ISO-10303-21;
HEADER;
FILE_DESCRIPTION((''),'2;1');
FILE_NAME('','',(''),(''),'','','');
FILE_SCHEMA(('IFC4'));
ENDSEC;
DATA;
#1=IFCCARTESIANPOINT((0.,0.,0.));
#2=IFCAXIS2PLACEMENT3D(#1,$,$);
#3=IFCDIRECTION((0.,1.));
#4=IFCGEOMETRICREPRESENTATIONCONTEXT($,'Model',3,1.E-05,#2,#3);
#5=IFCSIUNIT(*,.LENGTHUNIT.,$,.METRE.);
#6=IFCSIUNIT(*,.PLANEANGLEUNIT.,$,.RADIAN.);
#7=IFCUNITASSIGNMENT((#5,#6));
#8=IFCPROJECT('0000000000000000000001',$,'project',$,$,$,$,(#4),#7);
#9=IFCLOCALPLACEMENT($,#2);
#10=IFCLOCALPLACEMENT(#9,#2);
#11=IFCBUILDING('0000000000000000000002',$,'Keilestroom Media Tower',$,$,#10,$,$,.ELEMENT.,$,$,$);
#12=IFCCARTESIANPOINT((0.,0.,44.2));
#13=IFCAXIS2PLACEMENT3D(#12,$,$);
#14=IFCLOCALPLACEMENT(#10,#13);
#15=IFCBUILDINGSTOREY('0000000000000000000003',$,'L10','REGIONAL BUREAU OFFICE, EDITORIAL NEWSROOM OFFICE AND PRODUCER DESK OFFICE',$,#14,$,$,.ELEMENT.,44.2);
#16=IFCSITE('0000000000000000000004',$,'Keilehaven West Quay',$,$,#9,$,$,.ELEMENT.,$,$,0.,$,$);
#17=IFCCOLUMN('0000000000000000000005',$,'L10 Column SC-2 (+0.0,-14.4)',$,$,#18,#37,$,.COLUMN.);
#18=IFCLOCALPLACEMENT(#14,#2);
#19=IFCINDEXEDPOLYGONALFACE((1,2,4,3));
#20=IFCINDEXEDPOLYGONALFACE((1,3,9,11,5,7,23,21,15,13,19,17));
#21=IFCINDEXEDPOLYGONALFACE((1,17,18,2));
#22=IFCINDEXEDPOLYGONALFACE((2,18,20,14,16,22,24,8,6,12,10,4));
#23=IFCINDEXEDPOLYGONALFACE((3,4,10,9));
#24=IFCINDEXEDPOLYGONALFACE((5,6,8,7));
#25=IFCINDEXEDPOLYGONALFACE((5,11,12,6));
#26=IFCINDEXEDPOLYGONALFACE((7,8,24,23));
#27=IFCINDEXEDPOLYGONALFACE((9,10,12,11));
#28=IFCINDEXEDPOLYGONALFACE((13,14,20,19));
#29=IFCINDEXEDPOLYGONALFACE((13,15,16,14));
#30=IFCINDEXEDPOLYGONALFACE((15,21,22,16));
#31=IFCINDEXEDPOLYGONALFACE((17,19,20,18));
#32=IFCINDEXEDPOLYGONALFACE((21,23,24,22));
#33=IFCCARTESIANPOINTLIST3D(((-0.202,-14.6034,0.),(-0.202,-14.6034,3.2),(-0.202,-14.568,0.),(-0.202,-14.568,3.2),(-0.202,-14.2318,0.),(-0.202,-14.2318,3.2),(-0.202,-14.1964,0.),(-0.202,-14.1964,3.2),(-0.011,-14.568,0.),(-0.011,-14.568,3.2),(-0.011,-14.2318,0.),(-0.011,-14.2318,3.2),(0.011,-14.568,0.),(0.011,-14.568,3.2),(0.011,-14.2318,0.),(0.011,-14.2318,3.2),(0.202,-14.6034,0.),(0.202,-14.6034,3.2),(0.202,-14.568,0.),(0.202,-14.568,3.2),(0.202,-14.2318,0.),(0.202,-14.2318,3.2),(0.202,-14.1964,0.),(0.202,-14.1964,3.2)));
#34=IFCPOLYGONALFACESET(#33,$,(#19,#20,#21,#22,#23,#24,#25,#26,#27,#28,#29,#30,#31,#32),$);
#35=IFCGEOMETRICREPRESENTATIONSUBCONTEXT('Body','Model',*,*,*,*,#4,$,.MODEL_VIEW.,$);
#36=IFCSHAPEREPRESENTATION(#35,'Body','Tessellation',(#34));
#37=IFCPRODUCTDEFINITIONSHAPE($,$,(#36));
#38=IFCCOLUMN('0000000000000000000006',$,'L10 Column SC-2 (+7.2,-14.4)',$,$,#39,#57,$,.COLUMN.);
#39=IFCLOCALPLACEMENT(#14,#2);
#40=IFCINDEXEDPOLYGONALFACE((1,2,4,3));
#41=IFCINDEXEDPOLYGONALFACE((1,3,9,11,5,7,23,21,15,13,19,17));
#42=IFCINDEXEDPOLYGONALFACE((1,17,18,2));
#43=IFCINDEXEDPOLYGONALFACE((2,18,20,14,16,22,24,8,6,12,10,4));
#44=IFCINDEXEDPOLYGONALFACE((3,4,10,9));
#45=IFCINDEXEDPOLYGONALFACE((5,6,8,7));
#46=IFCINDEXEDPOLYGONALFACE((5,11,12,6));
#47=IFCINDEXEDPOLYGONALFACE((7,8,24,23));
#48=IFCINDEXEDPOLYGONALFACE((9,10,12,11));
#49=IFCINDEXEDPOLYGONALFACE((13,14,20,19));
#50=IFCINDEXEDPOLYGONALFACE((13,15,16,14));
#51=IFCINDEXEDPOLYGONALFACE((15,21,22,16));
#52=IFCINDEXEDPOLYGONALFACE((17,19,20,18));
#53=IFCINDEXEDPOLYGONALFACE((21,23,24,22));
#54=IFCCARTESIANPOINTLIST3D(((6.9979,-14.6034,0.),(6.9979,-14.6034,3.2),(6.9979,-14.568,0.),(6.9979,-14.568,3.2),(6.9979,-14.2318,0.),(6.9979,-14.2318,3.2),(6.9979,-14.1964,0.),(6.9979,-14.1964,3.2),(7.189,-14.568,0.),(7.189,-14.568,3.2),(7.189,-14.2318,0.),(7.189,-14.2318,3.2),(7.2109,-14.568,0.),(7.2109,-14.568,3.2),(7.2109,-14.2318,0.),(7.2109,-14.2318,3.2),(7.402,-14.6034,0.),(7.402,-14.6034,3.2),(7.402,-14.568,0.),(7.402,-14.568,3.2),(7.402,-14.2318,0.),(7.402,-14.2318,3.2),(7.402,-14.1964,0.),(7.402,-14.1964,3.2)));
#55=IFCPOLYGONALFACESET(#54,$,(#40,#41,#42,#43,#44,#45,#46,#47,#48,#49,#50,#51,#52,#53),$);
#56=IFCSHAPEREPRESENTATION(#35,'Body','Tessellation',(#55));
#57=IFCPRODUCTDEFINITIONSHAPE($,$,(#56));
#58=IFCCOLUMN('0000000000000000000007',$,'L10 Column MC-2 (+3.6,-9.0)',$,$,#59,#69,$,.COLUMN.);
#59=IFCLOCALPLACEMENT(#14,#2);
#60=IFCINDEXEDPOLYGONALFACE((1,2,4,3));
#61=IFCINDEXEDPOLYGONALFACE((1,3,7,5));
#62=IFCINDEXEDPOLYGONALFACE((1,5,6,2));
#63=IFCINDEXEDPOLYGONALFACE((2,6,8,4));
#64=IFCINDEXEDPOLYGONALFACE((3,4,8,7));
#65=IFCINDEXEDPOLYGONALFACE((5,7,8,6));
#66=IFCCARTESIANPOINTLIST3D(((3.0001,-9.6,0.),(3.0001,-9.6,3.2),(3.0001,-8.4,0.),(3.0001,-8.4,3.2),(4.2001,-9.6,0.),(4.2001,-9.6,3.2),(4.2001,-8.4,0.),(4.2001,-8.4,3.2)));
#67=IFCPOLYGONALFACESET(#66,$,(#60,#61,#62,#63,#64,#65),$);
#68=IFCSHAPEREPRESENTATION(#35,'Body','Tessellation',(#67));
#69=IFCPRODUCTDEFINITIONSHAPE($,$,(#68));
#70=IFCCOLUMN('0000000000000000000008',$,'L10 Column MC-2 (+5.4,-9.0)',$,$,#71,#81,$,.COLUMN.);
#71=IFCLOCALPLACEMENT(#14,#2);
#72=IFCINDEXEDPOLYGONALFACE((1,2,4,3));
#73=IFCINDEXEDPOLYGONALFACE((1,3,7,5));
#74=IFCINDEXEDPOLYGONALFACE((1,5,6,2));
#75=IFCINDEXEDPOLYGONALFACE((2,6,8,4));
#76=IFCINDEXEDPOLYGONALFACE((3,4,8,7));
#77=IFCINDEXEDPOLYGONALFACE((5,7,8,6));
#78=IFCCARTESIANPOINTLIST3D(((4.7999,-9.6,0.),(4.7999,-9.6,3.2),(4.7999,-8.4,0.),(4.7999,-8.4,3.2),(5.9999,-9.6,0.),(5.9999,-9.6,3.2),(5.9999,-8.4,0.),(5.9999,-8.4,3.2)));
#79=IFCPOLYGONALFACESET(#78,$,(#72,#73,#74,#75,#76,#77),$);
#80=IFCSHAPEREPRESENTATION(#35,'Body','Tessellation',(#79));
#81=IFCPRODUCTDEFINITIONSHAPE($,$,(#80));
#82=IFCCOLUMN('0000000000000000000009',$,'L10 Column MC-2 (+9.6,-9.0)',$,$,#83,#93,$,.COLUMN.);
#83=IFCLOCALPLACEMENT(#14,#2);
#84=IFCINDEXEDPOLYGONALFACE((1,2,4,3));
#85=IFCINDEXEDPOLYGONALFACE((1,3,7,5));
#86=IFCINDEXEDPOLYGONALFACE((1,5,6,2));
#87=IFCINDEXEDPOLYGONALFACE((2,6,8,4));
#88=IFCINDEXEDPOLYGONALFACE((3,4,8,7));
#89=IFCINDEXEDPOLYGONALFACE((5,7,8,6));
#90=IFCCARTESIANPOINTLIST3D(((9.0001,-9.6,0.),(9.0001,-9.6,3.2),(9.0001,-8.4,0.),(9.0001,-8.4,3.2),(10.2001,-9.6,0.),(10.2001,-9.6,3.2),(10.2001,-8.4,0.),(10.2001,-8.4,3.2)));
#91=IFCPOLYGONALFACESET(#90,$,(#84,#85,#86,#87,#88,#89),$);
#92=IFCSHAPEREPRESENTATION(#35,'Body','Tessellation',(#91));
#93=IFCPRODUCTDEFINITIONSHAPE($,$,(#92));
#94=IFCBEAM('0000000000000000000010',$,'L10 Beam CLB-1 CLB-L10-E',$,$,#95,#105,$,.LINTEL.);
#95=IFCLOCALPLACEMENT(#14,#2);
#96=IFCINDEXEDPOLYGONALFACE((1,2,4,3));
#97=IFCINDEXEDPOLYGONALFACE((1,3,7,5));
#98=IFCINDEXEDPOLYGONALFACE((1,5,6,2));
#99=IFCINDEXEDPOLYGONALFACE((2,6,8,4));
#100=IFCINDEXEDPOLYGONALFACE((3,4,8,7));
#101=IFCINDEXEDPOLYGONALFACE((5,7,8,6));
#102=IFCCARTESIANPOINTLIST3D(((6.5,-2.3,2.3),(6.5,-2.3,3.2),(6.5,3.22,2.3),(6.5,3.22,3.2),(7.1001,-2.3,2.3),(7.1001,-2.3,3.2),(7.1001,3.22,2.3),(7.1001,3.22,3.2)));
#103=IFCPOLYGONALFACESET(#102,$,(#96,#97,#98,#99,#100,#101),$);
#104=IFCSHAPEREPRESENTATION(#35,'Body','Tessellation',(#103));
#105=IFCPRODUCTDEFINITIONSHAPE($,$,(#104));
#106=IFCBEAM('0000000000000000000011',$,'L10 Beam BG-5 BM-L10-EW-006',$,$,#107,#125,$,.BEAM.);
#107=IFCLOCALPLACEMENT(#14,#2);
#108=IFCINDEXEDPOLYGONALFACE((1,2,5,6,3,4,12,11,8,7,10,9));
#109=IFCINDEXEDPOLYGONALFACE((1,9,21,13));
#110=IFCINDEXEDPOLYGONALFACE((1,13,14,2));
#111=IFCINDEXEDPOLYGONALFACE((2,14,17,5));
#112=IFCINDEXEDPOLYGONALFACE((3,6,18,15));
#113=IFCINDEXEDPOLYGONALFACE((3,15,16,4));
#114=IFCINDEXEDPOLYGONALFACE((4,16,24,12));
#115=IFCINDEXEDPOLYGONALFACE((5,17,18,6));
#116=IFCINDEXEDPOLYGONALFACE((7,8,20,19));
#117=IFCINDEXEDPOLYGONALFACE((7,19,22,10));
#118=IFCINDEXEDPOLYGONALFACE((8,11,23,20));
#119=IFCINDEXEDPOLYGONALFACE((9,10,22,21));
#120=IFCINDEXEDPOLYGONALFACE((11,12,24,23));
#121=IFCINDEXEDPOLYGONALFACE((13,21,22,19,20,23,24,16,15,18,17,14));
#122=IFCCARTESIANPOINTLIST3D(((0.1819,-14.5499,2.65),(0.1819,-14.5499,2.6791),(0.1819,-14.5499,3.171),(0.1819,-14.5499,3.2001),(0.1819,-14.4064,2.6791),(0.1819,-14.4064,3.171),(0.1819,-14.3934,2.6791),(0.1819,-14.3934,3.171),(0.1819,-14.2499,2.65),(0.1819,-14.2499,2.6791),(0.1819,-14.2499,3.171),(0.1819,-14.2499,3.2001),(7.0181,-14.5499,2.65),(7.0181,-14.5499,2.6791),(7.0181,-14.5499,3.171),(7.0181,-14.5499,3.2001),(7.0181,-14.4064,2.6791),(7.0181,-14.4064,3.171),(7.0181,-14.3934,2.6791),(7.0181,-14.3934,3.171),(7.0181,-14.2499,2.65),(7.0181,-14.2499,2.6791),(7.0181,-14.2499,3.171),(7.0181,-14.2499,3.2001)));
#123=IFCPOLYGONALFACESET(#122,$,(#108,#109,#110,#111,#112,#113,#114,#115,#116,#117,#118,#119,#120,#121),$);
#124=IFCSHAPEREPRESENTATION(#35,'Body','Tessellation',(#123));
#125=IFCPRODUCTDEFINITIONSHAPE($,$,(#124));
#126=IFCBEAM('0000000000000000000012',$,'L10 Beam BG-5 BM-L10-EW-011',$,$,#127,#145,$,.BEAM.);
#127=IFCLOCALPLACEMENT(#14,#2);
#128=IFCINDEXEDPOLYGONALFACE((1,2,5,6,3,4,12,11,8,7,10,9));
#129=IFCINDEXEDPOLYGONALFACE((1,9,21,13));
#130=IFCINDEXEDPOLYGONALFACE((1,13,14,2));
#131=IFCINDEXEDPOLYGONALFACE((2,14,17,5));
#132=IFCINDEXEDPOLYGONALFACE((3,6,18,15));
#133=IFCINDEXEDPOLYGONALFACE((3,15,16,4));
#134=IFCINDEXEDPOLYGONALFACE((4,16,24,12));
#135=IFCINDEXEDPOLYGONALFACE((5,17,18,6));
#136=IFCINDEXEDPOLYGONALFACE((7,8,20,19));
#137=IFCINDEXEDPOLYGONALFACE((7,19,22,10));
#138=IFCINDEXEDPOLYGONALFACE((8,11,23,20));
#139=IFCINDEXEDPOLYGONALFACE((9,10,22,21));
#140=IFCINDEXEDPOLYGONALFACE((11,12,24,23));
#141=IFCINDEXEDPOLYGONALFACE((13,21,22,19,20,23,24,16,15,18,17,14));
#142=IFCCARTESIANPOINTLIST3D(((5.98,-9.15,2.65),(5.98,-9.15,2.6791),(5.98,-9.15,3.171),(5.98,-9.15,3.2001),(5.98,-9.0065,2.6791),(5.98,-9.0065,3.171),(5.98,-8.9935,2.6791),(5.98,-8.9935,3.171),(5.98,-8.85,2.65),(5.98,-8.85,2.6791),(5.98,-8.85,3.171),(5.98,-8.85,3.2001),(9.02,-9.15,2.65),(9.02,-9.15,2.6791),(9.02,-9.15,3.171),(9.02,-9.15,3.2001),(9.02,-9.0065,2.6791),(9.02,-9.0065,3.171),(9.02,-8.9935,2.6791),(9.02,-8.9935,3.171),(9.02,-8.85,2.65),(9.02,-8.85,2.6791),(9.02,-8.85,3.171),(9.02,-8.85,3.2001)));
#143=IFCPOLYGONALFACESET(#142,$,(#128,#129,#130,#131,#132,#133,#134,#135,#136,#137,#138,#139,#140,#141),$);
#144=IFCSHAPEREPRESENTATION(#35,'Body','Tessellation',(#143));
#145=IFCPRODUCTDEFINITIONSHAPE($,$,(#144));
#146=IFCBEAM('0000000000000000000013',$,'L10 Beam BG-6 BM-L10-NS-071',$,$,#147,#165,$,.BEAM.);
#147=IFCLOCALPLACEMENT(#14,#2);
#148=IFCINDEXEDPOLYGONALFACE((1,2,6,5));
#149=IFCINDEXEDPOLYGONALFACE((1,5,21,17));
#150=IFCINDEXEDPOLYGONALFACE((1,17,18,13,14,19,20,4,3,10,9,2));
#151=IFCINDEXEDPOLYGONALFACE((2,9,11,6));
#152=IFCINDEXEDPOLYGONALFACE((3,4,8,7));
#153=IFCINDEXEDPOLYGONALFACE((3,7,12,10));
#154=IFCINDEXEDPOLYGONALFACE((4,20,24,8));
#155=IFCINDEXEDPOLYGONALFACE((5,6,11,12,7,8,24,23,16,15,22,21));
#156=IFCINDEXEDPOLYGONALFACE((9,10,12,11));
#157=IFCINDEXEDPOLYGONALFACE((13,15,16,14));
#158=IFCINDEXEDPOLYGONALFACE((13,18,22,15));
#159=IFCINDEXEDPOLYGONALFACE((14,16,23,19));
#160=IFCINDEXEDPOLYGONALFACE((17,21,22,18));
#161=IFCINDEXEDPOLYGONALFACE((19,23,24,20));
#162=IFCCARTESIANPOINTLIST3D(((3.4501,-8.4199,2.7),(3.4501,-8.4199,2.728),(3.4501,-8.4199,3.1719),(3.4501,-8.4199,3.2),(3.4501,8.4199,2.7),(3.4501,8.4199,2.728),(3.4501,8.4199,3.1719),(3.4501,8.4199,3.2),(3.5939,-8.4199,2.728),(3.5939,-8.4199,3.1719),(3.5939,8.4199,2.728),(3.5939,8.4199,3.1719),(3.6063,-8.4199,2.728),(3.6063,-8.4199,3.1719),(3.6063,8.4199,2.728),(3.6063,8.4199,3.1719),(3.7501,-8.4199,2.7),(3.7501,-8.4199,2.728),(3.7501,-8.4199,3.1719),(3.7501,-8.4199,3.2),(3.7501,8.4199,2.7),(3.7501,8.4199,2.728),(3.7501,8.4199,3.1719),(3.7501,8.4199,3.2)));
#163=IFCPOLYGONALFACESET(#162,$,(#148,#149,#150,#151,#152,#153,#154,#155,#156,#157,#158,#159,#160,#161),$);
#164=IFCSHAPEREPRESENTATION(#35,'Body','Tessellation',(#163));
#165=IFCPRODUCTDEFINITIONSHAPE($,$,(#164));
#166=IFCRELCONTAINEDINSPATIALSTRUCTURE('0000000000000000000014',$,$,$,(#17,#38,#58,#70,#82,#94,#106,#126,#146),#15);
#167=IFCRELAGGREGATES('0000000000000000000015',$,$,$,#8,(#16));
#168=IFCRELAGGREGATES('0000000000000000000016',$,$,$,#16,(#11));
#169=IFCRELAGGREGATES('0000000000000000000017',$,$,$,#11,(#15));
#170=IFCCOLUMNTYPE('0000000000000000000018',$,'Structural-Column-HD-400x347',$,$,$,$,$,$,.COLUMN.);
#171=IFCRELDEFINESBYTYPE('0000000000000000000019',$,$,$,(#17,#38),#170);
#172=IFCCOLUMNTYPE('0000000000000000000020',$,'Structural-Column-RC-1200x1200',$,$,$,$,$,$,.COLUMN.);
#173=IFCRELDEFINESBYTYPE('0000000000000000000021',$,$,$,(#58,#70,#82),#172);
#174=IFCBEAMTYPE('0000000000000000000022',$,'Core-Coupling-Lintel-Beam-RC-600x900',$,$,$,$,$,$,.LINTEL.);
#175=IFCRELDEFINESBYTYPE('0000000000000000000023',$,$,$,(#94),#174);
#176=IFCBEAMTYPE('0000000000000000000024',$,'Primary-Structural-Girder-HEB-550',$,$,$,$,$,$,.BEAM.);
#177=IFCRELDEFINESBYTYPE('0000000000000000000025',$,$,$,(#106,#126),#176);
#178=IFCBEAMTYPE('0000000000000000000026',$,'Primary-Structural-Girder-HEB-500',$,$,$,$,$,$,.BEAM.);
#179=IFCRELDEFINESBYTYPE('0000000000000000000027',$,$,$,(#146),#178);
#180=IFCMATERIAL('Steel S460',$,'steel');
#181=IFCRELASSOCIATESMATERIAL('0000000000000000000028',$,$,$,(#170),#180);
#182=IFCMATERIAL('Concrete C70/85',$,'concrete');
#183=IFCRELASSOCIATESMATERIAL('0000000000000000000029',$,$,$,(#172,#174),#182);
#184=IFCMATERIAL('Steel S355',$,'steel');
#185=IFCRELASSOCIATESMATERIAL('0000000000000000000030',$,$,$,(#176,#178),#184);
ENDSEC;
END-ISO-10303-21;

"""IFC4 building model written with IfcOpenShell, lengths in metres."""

from ifc_helpers import new_model, si_unit, direction, frame, origin, origin_2d, place, context, subcontext, project, spatial, rectangle, i_section, extrude, source, transform, mapped, material, material_profile, profile_set, type_object, element, save


model = new_model("IFC4")

# Units and contexts
model_context = context("Model", 3, precision=1e-05, world=origin(), true_north=direction((0.0, 1.0)))
body_context = subcontext(model_context, "Body", "Model", "MODEL_VIEW")
ifc_project = project(units=[si_unit("LENGTHUNIT", "METRE"), si_unit("PLANEANGLEUNIT", "RADIAN")], contexts=[model_context])

# Site, building, storey
site_placement = place(None, origin())
site = spatial("IfcSite", under=ifc_project, at=site_placement, Name="Keilehaven West Quay", CompositionType="ELEMENT", RefElevation=0.0)
building_placement = place(site_placement, origin())
building = spatial("IfcBuilding", under=site, at=building_placement, Name="Keilestroom Media Tower", CompositionType="ELEMENT")
storey_placement = place(building_placement, frame((0.0, 0.0, 44.2)))
storey = spatial("IfcBuildingStorey", under=building, at=storey_placement, Name="L10", Description="REGIONAL BUREAU OFFICE, EDITORIAL NEWSROOM OFFICE AND PRODUCER DESK OFFICE", CompositionType="ELEMENT", Elevation=44.2)

# Columns
ifc_material_1 = material(Name="Steel S460", Category="steel")
ifc_material_profile_1 = material_profile(ifc_material_1, i_section(OverallWidth=0.4041, OverallDepth=0.407, WebThickness=0.022, FlangeThickness=0.0354, at=origin_2d()), Name="HD 400x347")
ifc_profile_set_1 = profile_set([ifc_material_profile_1], Name="Steel S460")
column_type_1 = type_object("IfcColumnType", Name="Structural-Column-HD-400x347", PredefinedType="COLUMN", material=ifc_profile_set_1)
shared_shape_1 = source(origin(), body_context, "Body", "SweptSolid", [
    extrude(i_section(OverallWidth=0.4041, OverallDepth=0.407, WebThickness=0.022, FlangeThickness=0.0354, at=origin_2d()), origin(), (0.0, 0.0, 1.0), 3.2),
])
for number, where, z_axis, x_axis, name in (
    (1, (0.0, -14.3999, 0.0), (0.0, 0.0, 1.0), (1.0, 0.0, 0.0), "L10 Column SC-2 (+0.0,-14.4)"),
    (2, (7.2, -14.3999, 0.0), (0.0, 0.0, 1.0), (1.0, 0.0, 0.0), "L10 Column SC-2 (+7.2,-14.4)"),
):
    element("IfcColumn", number, at=place(storey_placement, frame(where, z_axis=z_axis, x_axis=x_axis)), inside=storey, type_object=column_type_1, Name=name, PredefinedType="COLUMN", context=body_context, shape_type="MappedRepresentation", body=[
        mapped(shared_shape_1, transform((0.0, 0.0, 0.0), x_axis=(1.0, 0.0, 0.0), y_axis=(0.0, 1.0, 0.0), z_axis=(0.0, 0.0, 1.0), scale=1.0)),
    ])
ifc_material_2 = material(Name="Concrete C70/85", Category="concrete")
ifc_material_profile_2 = material_profile(ifc_material_2, rectangle(XDim=1.2, YDim=1.2, at=origin_2d()), Name="RC 1200x1200")
ifc_profile_set_2 = profile_set([ifc_material_profile_2], Name="Concrete C70/85")
column_type_2 = type_object("IfcColumnType", Name="Structural-Column-RC-1200x1200", PredefinedType="COLUMN", material=ifc_profile_set_2)
shared_shape_2 = source(origin(), body_context, "Body", "SweptSolid", [
    extrude(rectangle(XDim=1.2, YDim=1.2, at=origin_2d()), origin(), (0.0, 0.0, 1.0), 3.2),
])
for number, where, z_axis, x_axis, name in (
    (3, (3.6001, -9.0, 0.0), (0.0, 0.0, 1.0), (1.0, 0.0, 0.0), "L10 Column MC-2 (+3.6,-9.0)"),
    (4, (5.3999, -9.0, 0.0), (0.0, 0.0, 1.0), (1.0, 0.0, 0.0), "L10 Column MC-2 (+5.4,-9.0)"),
    (5, (9.6001, -9.0, 0.0), (0.0, 0.0, 1.0), (1.0, 0.0, 0.0), "L10 Column MC-2 (+9.6,-9.0)"),
):
    element("IfcColumn", number, at=place(storey_placement, frame(where, z_axis=z_axis, x_axis=x_axis)), inside=storey, type_object=column_type_2, Name=name, PredefinedType="COLUMN", context=body_context, shape_type="MappedRepresentation", body=[
        mapped(shared_shape_2, transform((0.0, 0.0, 0.0), x_axis=(1.0, 0.0, 0.0), y_axis=(0.0, 1.0, 0.0), z_axis=(0.0, 0.0, 1.0), scale=1.0)),
    ])

# Beams
ifc_material_profile_3 = material_profile(ifc_material_2, rectangle(XDim=0.6001, YDim=0.8999, at=origin_2d()), Name="RC 600x900")
ifc_profile_set_3 = profile_set([ifc_material_profile_3], Name="Concrete C70/85")
beam_type_1 = type_object("IfcBeamType", Name="Core-Coupling-Lintel-Beam-RC-600x900", PredefinedType="LINTEL", material=ifc_profile_set_3)
shared_shape_3 = source(origin(), body_context, "Body", "SweptSolid", [
    extrude(rectangle(XDim=0.6001, YDim=0.8999, at=origin_2d()), origin(), (0.0, 0.0, 1.0), 5.52),
])
beam_1_placement = place(storey_placement, frame((6.8, -2.3, 2.75), z_axis=(0.0, 1.0, 0.0), x_axis=(-1.0, 0.0, 0.0)))
element("IfcBeam", 6, at=beam_1_placement, inside=storey, type_object=beam_type_1, Name="L10 Beam CLB-1 CLB-L10-E", PredefinedType="LINTEL", context=body_context, shape_type="MappedRepresentation", body=[
    mapped(shared_shape_3, transform((0.0, 0.0, 0.0), x_axis=(1.0, 0.0, 0.0), y_axis=(0.0, 1.0, 0.0), z_axis=(0.0, 0.0, 1.0), scale=1.0)),
])
ifc_material_3 = material(Name="Steel S355", Category="steel")
ifc_material_profile_4 = material_profile(ifc_material_3, i_section(OverallWidth=0.3, OverallDepth=0.55, WebThickness=0.0129, FlangeThickness=0.0291, at=origin_2d()), Name="HEB 550")
ifc_profile_set_4 = profile_set([ifc_material_profile_4], Name="Steel S355")
beam_type_2 = type_object("IfcBeamType", Name="Primary-Structural-Girder-HEB-550", PredefinedType="BEAM", material=ifc_profile_set_4)
shared_shape_4 = source(origin(), body_context, "Body", "SweptSolid", [
    extrude(i_section(OverallWidth=0.3, OverallDepth=0.55, WebThickness=0.0129, FlangeThickness=0.0291, at=origin_2d()), origin(), (0.0, 0.0, 1.0), 6.8362),
])
beam_2_placement = place(storey_placement, frame((0.1819, -14.3999, 2.925), z_axis=(1.0, 0.0, 0.0), x_axis=(0.0, 1.0, 0.0)))
element("IfcBeam", 7, at=beam_2_placement, inside=storey, type_object=beam_type_2, Name="L10 Beam BG-5 BM-L10-EW-006", PredefinedType="BEAM", context=body_context, shape_type="MappedRepresentation", body=[
    mapped(shared_shape_4, transform((0.0, 0.0, 0.0), x_axis=(1.0, 0.0, 0.0), y_axis=(0.0, 1.0, 0.0), z_axis=(0.0, 0.0, 1.0), scale=1.0)),
])
shared_shape_5 = source(origin(), body_context, "Body", "SweptSolid", [
    extrude(i_section(OverallWidth=0.3, OverallDepth=0.55, WebThickness=0.0129, FlangeThickness=0.0291, at=origin_2d()), origin(), (0.0, 0.0, 1.0), 3.04),
])
beam_3_placement = place(storey_placement, frame((5.98, -9.0, 2.925), z_axis=(1.0, 0.0, 0.0), x_axis=(0.0, 1.0, 0.0)))
element("IfcBeam", 8, at=beam_3_placement, inside=storey, type_object=beam_type_2, Name="L10 Beam BG-5 BM-L10-EW-011", PredefinedType="BEAM", context=body_context, shape_type="MappedRepresentation", body=[
    mapped(shared_shape_5, transform((0.0, 0.0, 0.0), x_axis=(1.0, 0.0, 0.0), y_axis=(0.0, 1.0, 0.0), z_axis=(0.0, 0.0, 1.0), scale=1.0)),
])
ifc_material_profile_5 = material_profile(ifc_material_3, i_section(OverallWidth=0.3, OverallDepth=0.5, WebThickness=0.0125, FlangeThickness=0.0281, at=origin_2d()), Name="HEB 500")
ifc_profile_set_5 = profile_set([ifc_material_profile_5], Name="Steel S355")
beam_type_3 = type_object("IfcBeamType", Name="Primary-Structural-Girder-HEB-500", PredefinedType="BEAM", material=ifc_profile_set_5)
shared_shape_6 = source(origin(), body_context, "Body", "SweptSolid", [
    extrude(i_section(OverallWidth=0.3, OverallDepth=0.5, WebThickness=0.0125, FlangeThickness=0.0281, at=origin_2d()), origin(), (0.0, 0.0, 1.0), 16.8398),
])
beam_4_placement = place(storey_placement, frame((3.6001, -8.4199, 2.95), z_axis=(0.0, 1.0, 0.0), x_axis=(-1.0, 0.0, 0.0)))
element("IfcBeam", 9, at=beam_4_placement, inside=storey, type_object=beam_type_3, Name="L10 Beam BG-6 BM-L10-NS-071", PredefinedType="BEAM", context=body_context, shape_type="MappedRepresentation", body=[
    mapped(shared_shape_6, transform((0.0, 0.0, 0.0), x_axis=(1.0, 0.0, 0.0), y_axis=(0.0, 1.0, 0.0), z_axis=(0.0, 0.0, 1.0), scale=1.0)),
])

save(model, "model.ifc")
